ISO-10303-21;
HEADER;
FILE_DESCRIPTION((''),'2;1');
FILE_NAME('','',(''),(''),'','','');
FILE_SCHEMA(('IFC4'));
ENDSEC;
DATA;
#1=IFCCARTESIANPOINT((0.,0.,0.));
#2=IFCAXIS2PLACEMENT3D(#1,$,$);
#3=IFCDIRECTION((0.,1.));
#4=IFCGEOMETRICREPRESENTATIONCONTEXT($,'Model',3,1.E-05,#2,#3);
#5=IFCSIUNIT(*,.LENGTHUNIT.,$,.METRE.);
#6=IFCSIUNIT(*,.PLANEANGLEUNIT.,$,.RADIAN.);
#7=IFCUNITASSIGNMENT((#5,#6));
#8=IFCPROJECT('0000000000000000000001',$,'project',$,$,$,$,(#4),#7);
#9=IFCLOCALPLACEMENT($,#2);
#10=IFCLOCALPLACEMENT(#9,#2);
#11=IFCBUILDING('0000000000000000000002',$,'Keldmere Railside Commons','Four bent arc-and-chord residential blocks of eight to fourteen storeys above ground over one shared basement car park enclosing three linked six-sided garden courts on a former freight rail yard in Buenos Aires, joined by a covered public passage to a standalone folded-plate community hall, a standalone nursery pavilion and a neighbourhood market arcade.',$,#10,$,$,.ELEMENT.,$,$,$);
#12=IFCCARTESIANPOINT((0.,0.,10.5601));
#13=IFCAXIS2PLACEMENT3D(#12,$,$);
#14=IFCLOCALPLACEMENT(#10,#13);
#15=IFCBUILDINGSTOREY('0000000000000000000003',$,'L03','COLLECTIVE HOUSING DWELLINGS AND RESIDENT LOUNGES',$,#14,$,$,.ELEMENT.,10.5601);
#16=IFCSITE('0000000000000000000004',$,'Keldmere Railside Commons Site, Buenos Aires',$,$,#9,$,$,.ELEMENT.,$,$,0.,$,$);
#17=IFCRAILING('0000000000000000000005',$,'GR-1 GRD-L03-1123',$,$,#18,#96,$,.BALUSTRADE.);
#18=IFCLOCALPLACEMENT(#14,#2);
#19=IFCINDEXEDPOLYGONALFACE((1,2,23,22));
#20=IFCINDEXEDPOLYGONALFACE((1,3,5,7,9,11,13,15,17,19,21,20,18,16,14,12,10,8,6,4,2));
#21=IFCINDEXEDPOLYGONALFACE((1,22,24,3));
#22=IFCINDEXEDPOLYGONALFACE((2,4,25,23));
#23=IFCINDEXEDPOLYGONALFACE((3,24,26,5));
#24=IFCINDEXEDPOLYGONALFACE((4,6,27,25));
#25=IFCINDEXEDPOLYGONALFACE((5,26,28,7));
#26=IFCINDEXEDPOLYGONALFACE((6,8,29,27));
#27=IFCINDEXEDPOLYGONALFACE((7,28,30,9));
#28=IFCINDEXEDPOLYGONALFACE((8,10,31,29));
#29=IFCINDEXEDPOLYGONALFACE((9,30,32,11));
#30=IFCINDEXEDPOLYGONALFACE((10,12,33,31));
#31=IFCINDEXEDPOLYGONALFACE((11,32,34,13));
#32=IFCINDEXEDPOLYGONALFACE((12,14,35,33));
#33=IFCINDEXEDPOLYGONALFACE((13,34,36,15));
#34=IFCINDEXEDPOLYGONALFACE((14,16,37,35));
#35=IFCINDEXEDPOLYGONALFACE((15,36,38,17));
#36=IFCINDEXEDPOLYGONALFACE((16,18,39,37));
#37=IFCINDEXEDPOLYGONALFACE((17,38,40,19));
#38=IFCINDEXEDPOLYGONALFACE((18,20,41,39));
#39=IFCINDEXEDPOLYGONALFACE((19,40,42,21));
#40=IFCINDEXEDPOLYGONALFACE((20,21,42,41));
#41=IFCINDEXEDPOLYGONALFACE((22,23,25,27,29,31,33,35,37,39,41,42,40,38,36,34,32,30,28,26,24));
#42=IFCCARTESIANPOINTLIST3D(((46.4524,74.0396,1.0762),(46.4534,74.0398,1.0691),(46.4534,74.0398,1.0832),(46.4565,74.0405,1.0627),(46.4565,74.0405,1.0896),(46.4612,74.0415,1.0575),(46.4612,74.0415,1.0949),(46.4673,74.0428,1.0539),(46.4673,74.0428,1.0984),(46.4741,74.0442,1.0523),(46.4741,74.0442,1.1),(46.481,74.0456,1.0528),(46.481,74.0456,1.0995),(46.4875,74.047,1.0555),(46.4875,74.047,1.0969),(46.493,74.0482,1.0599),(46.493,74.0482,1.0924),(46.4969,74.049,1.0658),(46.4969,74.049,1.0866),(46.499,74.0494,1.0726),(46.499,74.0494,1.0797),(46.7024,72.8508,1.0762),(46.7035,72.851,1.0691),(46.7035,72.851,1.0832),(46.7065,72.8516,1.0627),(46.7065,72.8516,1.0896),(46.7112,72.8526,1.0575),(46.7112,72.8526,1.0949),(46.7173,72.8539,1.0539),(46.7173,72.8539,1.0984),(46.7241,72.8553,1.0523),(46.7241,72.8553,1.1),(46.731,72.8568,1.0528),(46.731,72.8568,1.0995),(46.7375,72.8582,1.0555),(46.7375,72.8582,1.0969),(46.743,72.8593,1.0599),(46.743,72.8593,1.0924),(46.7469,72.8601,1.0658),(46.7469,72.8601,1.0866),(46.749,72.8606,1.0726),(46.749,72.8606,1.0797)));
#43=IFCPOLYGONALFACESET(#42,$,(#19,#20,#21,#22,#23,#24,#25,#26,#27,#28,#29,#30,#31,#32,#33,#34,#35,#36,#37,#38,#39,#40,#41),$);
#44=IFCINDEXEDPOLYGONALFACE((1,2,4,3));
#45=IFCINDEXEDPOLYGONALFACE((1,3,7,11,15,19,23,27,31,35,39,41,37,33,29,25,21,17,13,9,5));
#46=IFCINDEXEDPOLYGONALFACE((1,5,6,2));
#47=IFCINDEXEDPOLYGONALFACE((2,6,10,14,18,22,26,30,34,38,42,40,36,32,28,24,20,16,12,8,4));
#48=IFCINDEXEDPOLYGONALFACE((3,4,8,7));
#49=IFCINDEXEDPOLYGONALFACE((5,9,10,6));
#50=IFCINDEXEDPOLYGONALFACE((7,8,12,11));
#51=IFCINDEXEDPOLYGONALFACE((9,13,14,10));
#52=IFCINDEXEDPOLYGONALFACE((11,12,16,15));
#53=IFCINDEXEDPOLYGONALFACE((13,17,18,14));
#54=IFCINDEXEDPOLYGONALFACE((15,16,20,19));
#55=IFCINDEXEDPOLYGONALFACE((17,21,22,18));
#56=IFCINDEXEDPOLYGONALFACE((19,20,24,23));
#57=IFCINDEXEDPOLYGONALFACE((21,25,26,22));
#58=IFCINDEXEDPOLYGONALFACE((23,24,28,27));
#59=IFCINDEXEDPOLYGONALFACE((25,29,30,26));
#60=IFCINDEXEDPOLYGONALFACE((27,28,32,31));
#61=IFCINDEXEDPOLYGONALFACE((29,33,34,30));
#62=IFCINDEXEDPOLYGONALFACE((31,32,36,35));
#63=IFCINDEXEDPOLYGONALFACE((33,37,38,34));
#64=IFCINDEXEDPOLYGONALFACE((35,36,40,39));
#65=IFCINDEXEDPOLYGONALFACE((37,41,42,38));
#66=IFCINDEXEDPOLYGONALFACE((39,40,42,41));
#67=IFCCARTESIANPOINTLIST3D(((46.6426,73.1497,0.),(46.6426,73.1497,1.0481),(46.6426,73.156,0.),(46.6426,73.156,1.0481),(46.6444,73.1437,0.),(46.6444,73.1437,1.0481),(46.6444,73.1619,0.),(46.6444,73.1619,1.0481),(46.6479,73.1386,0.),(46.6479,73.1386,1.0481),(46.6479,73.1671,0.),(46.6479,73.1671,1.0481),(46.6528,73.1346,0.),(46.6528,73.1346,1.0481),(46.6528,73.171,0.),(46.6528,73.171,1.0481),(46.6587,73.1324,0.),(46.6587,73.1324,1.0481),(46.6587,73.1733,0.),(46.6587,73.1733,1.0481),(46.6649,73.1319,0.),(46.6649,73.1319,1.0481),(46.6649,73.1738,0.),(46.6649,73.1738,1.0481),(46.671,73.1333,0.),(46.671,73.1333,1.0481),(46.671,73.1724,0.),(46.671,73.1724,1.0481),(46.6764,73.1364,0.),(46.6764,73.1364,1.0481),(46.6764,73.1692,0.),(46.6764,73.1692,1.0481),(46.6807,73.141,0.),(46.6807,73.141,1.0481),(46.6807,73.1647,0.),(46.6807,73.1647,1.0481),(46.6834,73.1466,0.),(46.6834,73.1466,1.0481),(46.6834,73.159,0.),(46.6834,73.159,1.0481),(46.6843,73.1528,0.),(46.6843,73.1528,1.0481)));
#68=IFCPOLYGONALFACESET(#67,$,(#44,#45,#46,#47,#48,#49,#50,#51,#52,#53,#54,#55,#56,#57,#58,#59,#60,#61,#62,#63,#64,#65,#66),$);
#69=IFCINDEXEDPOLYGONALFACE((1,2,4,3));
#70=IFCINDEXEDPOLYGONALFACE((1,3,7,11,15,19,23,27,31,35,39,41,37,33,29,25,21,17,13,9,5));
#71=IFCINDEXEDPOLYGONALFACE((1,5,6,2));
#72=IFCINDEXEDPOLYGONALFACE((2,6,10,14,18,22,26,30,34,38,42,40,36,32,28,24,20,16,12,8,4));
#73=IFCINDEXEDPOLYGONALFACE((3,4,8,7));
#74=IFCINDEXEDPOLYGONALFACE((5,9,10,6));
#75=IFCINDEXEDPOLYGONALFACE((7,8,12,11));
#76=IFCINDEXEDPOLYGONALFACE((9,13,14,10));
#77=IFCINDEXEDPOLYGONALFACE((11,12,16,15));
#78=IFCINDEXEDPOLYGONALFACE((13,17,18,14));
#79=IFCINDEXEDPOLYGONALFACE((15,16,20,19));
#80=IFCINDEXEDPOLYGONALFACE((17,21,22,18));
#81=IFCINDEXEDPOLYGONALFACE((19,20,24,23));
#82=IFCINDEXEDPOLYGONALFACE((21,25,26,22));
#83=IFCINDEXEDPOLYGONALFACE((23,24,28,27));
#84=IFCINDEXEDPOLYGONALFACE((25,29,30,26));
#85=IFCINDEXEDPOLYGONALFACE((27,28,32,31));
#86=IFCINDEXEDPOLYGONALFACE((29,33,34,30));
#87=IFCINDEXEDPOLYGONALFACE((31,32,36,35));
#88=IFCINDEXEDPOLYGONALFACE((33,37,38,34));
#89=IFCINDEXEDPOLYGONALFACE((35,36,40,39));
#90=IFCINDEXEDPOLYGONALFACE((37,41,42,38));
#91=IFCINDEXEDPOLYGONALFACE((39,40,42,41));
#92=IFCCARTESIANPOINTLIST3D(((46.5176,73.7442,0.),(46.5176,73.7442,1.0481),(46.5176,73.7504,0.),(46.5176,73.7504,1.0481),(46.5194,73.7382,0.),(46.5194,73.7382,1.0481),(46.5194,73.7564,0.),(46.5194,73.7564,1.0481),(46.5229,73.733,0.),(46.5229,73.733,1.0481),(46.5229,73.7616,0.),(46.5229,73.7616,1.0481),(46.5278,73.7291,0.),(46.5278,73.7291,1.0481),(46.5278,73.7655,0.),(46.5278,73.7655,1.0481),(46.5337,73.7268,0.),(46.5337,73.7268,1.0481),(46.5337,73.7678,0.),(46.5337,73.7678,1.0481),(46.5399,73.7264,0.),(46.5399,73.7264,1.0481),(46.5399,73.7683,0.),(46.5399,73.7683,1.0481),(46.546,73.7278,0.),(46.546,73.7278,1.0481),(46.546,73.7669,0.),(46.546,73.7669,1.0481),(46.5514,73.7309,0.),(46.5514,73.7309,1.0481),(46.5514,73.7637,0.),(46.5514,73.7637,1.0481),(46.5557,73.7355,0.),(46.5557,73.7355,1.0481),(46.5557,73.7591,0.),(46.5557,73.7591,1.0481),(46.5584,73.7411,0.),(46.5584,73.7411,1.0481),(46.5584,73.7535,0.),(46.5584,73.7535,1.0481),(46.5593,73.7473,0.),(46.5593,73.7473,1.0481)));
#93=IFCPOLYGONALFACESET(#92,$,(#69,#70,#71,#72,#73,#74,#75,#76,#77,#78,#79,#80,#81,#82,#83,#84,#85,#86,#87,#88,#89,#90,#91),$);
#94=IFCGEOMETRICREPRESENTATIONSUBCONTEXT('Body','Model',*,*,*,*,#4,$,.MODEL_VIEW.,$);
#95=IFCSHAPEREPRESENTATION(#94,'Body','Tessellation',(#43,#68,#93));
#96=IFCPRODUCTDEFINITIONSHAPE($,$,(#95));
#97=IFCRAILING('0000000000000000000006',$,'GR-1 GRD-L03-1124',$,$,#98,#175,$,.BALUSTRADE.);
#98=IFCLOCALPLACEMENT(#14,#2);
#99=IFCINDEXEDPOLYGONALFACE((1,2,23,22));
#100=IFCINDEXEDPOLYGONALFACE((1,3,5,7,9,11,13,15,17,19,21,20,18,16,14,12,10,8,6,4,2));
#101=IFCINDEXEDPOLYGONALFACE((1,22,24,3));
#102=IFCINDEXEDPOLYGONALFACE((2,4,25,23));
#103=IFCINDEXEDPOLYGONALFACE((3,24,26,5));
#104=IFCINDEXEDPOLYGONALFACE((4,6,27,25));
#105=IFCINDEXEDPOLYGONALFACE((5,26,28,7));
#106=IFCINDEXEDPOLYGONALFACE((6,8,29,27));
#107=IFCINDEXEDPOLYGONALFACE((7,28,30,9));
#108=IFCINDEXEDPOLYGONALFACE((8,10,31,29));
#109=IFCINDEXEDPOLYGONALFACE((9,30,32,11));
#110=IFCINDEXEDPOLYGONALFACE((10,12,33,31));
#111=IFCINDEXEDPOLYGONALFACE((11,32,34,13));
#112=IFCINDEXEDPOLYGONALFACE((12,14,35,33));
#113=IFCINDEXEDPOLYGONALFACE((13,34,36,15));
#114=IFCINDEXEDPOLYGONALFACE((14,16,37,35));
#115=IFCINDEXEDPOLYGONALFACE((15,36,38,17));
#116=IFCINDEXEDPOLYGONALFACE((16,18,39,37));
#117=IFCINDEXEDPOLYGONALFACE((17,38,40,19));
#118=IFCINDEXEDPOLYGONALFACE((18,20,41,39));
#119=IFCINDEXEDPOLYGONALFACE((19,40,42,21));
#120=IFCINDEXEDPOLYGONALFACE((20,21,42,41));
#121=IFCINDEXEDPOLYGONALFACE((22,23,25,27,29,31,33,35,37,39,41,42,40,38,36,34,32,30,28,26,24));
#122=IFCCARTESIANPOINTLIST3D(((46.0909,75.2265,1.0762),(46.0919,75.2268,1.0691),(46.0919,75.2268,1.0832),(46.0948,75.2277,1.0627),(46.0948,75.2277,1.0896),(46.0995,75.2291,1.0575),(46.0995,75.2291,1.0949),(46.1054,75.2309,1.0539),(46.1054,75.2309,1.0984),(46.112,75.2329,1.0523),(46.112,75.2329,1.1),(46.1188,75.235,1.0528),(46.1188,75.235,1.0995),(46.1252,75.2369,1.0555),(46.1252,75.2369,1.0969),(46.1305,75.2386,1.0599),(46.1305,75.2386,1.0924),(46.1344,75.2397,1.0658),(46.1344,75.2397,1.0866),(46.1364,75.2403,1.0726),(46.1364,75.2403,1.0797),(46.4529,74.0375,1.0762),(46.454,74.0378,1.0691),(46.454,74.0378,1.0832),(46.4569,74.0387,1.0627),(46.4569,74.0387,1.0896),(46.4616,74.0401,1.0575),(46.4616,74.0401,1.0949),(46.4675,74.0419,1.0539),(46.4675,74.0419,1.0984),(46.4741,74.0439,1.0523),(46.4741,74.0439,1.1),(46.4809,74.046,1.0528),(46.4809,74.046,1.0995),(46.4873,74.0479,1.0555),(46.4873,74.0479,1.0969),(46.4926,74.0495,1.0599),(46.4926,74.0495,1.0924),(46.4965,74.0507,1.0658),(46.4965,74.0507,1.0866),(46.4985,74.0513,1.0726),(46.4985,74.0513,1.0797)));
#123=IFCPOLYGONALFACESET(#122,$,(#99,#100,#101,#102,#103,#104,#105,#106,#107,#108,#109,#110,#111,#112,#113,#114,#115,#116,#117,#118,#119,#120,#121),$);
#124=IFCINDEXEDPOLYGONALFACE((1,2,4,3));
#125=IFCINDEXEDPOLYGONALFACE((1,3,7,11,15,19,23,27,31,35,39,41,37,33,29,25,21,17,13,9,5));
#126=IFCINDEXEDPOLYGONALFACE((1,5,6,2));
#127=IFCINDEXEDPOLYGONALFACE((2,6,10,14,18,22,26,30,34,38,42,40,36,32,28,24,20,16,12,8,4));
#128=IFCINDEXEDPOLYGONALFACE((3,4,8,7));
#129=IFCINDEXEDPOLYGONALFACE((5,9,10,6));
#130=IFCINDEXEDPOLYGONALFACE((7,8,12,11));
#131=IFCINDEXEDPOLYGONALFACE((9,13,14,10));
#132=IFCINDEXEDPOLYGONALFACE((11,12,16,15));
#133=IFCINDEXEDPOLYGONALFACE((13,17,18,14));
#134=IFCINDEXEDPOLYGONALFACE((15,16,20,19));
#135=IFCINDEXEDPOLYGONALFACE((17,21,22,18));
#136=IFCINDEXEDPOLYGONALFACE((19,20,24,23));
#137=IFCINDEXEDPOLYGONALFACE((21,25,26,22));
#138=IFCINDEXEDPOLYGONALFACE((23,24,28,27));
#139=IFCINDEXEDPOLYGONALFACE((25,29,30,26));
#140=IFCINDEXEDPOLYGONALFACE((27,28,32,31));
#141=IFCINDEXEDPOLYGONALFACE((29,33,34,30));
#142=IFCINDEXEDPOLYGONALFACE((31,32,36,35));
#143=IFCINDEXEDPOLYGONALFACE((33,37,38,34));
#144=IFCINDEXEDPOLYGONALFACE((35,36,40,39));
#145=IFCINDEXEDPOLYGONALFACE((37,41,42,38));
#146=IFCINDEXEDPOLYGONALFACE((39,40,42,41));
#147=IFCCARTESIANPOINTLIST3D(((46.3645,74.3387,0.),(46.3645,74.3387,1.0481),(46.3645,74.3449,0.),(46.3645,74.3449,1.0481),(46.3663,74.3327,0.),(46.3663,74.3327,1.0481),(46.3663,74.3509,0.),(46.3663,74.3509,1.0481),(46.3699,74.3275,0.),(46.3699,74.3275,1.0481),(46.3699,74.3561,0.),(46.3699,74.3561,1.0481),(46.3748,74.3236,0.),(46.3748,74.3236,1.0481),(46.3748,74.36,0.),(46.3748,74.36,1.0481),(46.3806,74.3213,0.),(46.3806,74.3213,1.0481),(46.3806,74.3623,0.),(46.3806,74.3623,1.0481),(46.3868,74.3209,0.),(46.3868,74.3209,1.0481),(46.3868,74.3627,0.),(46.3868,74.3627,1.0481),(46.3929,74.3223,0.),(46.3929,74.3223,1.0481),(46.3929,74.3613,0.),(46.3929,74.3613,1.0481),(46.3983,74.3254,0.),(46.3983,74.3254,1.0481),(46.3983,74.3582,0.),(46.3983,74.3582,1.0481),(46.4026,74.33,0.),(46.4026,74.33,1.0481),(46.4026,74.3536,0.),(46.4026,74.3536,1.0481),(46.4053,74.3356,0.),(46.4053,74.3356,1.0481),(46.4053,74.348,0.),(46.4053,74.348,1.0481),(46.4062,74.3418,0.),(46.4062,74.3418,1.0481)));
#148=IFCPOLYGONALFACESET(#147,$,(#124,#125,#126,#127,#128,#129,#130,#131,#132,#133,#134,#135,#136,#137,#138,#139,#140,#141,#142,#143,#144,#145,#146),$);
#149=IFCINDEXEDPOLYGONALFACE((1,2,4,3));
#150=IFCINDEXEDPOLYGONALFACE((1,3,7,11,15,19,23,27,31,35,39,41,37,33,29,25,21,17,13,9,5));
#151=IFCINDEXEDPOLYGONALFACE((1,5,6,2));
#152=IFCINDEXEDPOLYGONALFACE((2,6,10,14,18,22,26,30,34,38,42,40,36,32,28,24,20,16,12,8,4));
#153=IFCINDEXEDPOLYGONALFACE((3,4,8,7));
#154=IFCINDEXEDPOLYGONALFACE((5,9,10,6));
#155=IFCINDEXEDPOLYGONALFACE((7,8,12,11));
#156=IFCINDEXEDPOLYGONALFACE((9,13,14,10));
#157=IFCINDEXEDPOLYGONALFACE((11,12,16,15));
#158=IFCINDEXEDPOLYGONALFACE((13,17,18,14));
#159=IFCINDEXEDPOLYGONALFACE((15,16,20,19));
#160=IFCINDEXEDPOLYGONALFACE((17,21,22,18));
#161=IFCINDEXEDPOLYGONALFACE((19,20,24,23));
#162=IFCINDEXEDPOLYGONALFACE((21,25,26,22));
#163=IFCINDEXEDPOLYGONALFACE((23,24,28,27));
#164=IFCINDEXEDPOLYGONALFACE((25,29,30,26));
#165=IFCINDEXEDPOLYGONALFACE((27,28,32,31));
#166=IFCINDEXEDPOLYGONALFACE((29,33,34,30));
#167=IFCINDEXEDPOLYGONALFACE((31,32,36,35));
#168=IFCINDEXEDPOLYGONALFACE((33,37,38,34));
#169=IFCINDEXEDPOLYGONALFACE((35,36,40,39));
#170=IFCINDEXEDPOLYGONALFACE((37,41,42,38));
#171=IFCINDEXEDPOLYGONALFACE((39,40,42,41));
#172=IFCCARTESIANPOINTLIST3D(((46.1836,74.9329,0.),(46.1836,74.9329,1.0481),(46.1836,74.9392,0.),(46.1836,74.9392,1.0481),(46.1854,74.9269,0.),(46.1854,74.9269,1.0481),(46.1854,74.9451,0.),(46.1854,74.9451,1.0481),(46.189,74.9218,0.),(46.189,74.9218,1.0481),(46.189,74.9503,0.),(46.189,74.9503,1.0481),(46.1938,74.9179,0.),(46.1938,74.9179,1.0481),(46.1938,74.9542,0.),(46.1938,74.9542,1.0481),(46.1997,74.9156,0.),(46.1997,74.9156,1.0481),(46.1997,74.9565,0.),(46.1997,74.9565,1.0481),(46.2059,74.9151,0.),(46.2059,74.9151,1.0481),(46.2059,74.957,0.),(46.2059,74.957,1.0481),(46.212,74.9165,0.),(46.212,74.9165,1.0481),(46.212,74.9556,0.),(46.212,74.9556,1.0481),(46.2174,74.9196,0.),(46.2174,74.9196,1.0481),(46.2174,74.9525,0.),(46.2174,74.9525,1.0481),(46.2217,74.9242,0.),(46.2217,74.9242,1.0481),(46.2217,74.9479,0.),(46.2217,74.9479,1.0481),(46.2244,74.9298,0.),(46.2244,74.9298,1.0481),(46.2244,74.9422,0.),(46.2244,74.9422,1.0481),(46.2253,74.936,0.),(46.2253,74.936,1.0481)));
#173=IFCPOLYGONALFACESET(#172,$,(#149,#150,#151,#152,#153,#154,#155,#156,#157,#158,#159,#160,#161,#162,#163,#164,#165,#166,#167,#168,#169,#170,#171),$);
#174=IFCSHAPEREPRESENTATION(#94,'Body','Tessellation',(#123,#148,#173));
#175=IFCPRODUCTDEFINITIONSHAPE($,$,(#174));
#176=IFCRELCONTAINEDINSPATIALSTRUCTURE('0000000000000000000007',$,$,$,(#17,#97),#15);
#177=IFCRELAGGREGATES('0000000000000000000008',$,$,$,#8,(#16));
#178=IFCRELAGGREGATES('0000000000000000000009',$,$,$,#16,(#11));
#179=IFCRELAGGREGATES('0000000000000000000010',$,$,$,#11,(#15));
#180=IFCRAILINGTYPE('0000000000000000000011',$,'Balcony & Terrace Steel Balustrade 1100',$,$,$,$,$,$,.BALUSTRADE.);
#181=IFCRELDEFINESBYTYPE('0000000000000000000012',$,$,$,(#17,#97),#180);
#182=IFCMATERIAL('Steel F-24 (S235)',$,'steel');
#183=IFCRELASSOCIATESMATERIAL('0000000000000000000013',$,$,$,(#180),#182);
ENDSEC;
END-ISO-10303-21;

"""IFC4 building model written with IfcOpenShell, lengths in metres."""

from ifc_helpers import new_model, si_unit, direction, frame, origin, origin_2d, place, context, subcontext, project, spatial, circle, extrude, material, type_object, element, save


model = new_model("IFC4")

# Units and contexts
model_context = context("Model", 3, precision=1e-05, world=origin(), true_north=direction((0.0, 1.0)))
body_context = subcontext(model_context, "Body", "Model", "MODEL_VIEW")
ifc_project = project(units=[si_unit("LENGTHUNIT", "METRE"), si_unit("PLANEANGLEUNIT", "RADIAN")], contexts=[model_context])

# Site, building, storey
site_placement = place(None, origin())
site = spatial("IfcSite", under=ifc_project, at=site_placement, Name="Keldmere Railside Commons Site, Buenos Aires", CompositionType="ELEMENT", RefElevation=0.0)
building_placement = place(site_placement, origin())
building = spatial("IfcBuilding", under=site, at=building_placement, Name="Keldmere Railside Commons", Description="Four bent arc-and-chord residential blocks of eight to fourteen storeys above ground over one shared basement car park enclosing three linked six-sided garden courts on a former freight rail yard in Buenos Aires, joined by a covered public passage to a standalone folded-plate community hall, a standalone nursery pavilion and a neighbourhood market arcade.", CompositionType="ELEMENT")
storey_placement = place(building_placement, frame((0.0, 0.0, 10.5601)))
storey = spatial("IfcBuildingStorey", under=building, at=storey_placement, Name="L03", Description="COLLECTIVE HOUSING DWELLINGS AND RESIDENT LOUNGES", CompositionType="ELEMENT", Elevation=10.5601)

# Railings
ifc_material_1 = material(Name="Steel F-24 (S235)", Category="steel")
railing_type = type_object("IfcRailingType", Name="Balcony & Terrace Steel Balustrade 1100", PredefinedType="BALUSTRADE", material=ifc_material_1)
railing_1_placement = place(storey_placement, frame((46.7258, 72.8557, 0.0)))
element("IfcRailing", 1, at=railing_1_placement, inside=storey, type_object=railing_type, Name="GR-1 GRD-L03-1123", PredefinedType="BALUSTRADE", context=body_context, shape_type="SweptSolid", body=[
    extrude(circle(Radius=0.0239, at=origin_2d()), frame((0.0, 0.0, 1.0762), z_axis=(-0.205808, 0.978592, 0.0), x_axis=(-0.978592, -0.205808, 0.0)), (0.0, 0.0, 1.0), 1.2148),
    extrude(circle(Radius=0.021, at=origin_2d()), frame((-0.0625, 0.2971, 0.0)), (0.0, 0.0, 1.0), 1.0481),
    extrude(circle(Radius=0.021, at=origin_2d()), frame((-0.1875, 0.8916, 0.0)), (0.0, 0.0, 1.0), 1.0481),
])
railing_2_placement = place(storey_placement, frame((46.4758, 74.0444, 0.0)))
element("IfcRailing", 2, at=railing_2_placement, inside=storey, type_object=railing_type, Name="GR-1 GRD-L03-1124", PredefinedType="BALUSTRADE", context=body_context, shape_type="SweptSolid", body=[
    extrude(circle(Radius=0.0239, at=origin_2d()), frame((0.0, 0.0, 1.0762), z_axis=(-0.29131, 0.956629, 0.0), x_axis=(-0.956629, -0.29131, 0.0)), (0.0, 0.0, 1.0), 1.2429),
    extrude(circle(Radius=0.021, at=origin_2d()), frame((-0.0906, 0.2974, 0.0)), (0.0, 0.0, 1.0), 1.0481),
    extrude(circle(Radius=0.021, at=origin_2d()), frame((-0.2715, 0.8916, 0.0)), (0.0, 0.0, 1.0), 1.0481),
])

save(model, "model.ifc")
